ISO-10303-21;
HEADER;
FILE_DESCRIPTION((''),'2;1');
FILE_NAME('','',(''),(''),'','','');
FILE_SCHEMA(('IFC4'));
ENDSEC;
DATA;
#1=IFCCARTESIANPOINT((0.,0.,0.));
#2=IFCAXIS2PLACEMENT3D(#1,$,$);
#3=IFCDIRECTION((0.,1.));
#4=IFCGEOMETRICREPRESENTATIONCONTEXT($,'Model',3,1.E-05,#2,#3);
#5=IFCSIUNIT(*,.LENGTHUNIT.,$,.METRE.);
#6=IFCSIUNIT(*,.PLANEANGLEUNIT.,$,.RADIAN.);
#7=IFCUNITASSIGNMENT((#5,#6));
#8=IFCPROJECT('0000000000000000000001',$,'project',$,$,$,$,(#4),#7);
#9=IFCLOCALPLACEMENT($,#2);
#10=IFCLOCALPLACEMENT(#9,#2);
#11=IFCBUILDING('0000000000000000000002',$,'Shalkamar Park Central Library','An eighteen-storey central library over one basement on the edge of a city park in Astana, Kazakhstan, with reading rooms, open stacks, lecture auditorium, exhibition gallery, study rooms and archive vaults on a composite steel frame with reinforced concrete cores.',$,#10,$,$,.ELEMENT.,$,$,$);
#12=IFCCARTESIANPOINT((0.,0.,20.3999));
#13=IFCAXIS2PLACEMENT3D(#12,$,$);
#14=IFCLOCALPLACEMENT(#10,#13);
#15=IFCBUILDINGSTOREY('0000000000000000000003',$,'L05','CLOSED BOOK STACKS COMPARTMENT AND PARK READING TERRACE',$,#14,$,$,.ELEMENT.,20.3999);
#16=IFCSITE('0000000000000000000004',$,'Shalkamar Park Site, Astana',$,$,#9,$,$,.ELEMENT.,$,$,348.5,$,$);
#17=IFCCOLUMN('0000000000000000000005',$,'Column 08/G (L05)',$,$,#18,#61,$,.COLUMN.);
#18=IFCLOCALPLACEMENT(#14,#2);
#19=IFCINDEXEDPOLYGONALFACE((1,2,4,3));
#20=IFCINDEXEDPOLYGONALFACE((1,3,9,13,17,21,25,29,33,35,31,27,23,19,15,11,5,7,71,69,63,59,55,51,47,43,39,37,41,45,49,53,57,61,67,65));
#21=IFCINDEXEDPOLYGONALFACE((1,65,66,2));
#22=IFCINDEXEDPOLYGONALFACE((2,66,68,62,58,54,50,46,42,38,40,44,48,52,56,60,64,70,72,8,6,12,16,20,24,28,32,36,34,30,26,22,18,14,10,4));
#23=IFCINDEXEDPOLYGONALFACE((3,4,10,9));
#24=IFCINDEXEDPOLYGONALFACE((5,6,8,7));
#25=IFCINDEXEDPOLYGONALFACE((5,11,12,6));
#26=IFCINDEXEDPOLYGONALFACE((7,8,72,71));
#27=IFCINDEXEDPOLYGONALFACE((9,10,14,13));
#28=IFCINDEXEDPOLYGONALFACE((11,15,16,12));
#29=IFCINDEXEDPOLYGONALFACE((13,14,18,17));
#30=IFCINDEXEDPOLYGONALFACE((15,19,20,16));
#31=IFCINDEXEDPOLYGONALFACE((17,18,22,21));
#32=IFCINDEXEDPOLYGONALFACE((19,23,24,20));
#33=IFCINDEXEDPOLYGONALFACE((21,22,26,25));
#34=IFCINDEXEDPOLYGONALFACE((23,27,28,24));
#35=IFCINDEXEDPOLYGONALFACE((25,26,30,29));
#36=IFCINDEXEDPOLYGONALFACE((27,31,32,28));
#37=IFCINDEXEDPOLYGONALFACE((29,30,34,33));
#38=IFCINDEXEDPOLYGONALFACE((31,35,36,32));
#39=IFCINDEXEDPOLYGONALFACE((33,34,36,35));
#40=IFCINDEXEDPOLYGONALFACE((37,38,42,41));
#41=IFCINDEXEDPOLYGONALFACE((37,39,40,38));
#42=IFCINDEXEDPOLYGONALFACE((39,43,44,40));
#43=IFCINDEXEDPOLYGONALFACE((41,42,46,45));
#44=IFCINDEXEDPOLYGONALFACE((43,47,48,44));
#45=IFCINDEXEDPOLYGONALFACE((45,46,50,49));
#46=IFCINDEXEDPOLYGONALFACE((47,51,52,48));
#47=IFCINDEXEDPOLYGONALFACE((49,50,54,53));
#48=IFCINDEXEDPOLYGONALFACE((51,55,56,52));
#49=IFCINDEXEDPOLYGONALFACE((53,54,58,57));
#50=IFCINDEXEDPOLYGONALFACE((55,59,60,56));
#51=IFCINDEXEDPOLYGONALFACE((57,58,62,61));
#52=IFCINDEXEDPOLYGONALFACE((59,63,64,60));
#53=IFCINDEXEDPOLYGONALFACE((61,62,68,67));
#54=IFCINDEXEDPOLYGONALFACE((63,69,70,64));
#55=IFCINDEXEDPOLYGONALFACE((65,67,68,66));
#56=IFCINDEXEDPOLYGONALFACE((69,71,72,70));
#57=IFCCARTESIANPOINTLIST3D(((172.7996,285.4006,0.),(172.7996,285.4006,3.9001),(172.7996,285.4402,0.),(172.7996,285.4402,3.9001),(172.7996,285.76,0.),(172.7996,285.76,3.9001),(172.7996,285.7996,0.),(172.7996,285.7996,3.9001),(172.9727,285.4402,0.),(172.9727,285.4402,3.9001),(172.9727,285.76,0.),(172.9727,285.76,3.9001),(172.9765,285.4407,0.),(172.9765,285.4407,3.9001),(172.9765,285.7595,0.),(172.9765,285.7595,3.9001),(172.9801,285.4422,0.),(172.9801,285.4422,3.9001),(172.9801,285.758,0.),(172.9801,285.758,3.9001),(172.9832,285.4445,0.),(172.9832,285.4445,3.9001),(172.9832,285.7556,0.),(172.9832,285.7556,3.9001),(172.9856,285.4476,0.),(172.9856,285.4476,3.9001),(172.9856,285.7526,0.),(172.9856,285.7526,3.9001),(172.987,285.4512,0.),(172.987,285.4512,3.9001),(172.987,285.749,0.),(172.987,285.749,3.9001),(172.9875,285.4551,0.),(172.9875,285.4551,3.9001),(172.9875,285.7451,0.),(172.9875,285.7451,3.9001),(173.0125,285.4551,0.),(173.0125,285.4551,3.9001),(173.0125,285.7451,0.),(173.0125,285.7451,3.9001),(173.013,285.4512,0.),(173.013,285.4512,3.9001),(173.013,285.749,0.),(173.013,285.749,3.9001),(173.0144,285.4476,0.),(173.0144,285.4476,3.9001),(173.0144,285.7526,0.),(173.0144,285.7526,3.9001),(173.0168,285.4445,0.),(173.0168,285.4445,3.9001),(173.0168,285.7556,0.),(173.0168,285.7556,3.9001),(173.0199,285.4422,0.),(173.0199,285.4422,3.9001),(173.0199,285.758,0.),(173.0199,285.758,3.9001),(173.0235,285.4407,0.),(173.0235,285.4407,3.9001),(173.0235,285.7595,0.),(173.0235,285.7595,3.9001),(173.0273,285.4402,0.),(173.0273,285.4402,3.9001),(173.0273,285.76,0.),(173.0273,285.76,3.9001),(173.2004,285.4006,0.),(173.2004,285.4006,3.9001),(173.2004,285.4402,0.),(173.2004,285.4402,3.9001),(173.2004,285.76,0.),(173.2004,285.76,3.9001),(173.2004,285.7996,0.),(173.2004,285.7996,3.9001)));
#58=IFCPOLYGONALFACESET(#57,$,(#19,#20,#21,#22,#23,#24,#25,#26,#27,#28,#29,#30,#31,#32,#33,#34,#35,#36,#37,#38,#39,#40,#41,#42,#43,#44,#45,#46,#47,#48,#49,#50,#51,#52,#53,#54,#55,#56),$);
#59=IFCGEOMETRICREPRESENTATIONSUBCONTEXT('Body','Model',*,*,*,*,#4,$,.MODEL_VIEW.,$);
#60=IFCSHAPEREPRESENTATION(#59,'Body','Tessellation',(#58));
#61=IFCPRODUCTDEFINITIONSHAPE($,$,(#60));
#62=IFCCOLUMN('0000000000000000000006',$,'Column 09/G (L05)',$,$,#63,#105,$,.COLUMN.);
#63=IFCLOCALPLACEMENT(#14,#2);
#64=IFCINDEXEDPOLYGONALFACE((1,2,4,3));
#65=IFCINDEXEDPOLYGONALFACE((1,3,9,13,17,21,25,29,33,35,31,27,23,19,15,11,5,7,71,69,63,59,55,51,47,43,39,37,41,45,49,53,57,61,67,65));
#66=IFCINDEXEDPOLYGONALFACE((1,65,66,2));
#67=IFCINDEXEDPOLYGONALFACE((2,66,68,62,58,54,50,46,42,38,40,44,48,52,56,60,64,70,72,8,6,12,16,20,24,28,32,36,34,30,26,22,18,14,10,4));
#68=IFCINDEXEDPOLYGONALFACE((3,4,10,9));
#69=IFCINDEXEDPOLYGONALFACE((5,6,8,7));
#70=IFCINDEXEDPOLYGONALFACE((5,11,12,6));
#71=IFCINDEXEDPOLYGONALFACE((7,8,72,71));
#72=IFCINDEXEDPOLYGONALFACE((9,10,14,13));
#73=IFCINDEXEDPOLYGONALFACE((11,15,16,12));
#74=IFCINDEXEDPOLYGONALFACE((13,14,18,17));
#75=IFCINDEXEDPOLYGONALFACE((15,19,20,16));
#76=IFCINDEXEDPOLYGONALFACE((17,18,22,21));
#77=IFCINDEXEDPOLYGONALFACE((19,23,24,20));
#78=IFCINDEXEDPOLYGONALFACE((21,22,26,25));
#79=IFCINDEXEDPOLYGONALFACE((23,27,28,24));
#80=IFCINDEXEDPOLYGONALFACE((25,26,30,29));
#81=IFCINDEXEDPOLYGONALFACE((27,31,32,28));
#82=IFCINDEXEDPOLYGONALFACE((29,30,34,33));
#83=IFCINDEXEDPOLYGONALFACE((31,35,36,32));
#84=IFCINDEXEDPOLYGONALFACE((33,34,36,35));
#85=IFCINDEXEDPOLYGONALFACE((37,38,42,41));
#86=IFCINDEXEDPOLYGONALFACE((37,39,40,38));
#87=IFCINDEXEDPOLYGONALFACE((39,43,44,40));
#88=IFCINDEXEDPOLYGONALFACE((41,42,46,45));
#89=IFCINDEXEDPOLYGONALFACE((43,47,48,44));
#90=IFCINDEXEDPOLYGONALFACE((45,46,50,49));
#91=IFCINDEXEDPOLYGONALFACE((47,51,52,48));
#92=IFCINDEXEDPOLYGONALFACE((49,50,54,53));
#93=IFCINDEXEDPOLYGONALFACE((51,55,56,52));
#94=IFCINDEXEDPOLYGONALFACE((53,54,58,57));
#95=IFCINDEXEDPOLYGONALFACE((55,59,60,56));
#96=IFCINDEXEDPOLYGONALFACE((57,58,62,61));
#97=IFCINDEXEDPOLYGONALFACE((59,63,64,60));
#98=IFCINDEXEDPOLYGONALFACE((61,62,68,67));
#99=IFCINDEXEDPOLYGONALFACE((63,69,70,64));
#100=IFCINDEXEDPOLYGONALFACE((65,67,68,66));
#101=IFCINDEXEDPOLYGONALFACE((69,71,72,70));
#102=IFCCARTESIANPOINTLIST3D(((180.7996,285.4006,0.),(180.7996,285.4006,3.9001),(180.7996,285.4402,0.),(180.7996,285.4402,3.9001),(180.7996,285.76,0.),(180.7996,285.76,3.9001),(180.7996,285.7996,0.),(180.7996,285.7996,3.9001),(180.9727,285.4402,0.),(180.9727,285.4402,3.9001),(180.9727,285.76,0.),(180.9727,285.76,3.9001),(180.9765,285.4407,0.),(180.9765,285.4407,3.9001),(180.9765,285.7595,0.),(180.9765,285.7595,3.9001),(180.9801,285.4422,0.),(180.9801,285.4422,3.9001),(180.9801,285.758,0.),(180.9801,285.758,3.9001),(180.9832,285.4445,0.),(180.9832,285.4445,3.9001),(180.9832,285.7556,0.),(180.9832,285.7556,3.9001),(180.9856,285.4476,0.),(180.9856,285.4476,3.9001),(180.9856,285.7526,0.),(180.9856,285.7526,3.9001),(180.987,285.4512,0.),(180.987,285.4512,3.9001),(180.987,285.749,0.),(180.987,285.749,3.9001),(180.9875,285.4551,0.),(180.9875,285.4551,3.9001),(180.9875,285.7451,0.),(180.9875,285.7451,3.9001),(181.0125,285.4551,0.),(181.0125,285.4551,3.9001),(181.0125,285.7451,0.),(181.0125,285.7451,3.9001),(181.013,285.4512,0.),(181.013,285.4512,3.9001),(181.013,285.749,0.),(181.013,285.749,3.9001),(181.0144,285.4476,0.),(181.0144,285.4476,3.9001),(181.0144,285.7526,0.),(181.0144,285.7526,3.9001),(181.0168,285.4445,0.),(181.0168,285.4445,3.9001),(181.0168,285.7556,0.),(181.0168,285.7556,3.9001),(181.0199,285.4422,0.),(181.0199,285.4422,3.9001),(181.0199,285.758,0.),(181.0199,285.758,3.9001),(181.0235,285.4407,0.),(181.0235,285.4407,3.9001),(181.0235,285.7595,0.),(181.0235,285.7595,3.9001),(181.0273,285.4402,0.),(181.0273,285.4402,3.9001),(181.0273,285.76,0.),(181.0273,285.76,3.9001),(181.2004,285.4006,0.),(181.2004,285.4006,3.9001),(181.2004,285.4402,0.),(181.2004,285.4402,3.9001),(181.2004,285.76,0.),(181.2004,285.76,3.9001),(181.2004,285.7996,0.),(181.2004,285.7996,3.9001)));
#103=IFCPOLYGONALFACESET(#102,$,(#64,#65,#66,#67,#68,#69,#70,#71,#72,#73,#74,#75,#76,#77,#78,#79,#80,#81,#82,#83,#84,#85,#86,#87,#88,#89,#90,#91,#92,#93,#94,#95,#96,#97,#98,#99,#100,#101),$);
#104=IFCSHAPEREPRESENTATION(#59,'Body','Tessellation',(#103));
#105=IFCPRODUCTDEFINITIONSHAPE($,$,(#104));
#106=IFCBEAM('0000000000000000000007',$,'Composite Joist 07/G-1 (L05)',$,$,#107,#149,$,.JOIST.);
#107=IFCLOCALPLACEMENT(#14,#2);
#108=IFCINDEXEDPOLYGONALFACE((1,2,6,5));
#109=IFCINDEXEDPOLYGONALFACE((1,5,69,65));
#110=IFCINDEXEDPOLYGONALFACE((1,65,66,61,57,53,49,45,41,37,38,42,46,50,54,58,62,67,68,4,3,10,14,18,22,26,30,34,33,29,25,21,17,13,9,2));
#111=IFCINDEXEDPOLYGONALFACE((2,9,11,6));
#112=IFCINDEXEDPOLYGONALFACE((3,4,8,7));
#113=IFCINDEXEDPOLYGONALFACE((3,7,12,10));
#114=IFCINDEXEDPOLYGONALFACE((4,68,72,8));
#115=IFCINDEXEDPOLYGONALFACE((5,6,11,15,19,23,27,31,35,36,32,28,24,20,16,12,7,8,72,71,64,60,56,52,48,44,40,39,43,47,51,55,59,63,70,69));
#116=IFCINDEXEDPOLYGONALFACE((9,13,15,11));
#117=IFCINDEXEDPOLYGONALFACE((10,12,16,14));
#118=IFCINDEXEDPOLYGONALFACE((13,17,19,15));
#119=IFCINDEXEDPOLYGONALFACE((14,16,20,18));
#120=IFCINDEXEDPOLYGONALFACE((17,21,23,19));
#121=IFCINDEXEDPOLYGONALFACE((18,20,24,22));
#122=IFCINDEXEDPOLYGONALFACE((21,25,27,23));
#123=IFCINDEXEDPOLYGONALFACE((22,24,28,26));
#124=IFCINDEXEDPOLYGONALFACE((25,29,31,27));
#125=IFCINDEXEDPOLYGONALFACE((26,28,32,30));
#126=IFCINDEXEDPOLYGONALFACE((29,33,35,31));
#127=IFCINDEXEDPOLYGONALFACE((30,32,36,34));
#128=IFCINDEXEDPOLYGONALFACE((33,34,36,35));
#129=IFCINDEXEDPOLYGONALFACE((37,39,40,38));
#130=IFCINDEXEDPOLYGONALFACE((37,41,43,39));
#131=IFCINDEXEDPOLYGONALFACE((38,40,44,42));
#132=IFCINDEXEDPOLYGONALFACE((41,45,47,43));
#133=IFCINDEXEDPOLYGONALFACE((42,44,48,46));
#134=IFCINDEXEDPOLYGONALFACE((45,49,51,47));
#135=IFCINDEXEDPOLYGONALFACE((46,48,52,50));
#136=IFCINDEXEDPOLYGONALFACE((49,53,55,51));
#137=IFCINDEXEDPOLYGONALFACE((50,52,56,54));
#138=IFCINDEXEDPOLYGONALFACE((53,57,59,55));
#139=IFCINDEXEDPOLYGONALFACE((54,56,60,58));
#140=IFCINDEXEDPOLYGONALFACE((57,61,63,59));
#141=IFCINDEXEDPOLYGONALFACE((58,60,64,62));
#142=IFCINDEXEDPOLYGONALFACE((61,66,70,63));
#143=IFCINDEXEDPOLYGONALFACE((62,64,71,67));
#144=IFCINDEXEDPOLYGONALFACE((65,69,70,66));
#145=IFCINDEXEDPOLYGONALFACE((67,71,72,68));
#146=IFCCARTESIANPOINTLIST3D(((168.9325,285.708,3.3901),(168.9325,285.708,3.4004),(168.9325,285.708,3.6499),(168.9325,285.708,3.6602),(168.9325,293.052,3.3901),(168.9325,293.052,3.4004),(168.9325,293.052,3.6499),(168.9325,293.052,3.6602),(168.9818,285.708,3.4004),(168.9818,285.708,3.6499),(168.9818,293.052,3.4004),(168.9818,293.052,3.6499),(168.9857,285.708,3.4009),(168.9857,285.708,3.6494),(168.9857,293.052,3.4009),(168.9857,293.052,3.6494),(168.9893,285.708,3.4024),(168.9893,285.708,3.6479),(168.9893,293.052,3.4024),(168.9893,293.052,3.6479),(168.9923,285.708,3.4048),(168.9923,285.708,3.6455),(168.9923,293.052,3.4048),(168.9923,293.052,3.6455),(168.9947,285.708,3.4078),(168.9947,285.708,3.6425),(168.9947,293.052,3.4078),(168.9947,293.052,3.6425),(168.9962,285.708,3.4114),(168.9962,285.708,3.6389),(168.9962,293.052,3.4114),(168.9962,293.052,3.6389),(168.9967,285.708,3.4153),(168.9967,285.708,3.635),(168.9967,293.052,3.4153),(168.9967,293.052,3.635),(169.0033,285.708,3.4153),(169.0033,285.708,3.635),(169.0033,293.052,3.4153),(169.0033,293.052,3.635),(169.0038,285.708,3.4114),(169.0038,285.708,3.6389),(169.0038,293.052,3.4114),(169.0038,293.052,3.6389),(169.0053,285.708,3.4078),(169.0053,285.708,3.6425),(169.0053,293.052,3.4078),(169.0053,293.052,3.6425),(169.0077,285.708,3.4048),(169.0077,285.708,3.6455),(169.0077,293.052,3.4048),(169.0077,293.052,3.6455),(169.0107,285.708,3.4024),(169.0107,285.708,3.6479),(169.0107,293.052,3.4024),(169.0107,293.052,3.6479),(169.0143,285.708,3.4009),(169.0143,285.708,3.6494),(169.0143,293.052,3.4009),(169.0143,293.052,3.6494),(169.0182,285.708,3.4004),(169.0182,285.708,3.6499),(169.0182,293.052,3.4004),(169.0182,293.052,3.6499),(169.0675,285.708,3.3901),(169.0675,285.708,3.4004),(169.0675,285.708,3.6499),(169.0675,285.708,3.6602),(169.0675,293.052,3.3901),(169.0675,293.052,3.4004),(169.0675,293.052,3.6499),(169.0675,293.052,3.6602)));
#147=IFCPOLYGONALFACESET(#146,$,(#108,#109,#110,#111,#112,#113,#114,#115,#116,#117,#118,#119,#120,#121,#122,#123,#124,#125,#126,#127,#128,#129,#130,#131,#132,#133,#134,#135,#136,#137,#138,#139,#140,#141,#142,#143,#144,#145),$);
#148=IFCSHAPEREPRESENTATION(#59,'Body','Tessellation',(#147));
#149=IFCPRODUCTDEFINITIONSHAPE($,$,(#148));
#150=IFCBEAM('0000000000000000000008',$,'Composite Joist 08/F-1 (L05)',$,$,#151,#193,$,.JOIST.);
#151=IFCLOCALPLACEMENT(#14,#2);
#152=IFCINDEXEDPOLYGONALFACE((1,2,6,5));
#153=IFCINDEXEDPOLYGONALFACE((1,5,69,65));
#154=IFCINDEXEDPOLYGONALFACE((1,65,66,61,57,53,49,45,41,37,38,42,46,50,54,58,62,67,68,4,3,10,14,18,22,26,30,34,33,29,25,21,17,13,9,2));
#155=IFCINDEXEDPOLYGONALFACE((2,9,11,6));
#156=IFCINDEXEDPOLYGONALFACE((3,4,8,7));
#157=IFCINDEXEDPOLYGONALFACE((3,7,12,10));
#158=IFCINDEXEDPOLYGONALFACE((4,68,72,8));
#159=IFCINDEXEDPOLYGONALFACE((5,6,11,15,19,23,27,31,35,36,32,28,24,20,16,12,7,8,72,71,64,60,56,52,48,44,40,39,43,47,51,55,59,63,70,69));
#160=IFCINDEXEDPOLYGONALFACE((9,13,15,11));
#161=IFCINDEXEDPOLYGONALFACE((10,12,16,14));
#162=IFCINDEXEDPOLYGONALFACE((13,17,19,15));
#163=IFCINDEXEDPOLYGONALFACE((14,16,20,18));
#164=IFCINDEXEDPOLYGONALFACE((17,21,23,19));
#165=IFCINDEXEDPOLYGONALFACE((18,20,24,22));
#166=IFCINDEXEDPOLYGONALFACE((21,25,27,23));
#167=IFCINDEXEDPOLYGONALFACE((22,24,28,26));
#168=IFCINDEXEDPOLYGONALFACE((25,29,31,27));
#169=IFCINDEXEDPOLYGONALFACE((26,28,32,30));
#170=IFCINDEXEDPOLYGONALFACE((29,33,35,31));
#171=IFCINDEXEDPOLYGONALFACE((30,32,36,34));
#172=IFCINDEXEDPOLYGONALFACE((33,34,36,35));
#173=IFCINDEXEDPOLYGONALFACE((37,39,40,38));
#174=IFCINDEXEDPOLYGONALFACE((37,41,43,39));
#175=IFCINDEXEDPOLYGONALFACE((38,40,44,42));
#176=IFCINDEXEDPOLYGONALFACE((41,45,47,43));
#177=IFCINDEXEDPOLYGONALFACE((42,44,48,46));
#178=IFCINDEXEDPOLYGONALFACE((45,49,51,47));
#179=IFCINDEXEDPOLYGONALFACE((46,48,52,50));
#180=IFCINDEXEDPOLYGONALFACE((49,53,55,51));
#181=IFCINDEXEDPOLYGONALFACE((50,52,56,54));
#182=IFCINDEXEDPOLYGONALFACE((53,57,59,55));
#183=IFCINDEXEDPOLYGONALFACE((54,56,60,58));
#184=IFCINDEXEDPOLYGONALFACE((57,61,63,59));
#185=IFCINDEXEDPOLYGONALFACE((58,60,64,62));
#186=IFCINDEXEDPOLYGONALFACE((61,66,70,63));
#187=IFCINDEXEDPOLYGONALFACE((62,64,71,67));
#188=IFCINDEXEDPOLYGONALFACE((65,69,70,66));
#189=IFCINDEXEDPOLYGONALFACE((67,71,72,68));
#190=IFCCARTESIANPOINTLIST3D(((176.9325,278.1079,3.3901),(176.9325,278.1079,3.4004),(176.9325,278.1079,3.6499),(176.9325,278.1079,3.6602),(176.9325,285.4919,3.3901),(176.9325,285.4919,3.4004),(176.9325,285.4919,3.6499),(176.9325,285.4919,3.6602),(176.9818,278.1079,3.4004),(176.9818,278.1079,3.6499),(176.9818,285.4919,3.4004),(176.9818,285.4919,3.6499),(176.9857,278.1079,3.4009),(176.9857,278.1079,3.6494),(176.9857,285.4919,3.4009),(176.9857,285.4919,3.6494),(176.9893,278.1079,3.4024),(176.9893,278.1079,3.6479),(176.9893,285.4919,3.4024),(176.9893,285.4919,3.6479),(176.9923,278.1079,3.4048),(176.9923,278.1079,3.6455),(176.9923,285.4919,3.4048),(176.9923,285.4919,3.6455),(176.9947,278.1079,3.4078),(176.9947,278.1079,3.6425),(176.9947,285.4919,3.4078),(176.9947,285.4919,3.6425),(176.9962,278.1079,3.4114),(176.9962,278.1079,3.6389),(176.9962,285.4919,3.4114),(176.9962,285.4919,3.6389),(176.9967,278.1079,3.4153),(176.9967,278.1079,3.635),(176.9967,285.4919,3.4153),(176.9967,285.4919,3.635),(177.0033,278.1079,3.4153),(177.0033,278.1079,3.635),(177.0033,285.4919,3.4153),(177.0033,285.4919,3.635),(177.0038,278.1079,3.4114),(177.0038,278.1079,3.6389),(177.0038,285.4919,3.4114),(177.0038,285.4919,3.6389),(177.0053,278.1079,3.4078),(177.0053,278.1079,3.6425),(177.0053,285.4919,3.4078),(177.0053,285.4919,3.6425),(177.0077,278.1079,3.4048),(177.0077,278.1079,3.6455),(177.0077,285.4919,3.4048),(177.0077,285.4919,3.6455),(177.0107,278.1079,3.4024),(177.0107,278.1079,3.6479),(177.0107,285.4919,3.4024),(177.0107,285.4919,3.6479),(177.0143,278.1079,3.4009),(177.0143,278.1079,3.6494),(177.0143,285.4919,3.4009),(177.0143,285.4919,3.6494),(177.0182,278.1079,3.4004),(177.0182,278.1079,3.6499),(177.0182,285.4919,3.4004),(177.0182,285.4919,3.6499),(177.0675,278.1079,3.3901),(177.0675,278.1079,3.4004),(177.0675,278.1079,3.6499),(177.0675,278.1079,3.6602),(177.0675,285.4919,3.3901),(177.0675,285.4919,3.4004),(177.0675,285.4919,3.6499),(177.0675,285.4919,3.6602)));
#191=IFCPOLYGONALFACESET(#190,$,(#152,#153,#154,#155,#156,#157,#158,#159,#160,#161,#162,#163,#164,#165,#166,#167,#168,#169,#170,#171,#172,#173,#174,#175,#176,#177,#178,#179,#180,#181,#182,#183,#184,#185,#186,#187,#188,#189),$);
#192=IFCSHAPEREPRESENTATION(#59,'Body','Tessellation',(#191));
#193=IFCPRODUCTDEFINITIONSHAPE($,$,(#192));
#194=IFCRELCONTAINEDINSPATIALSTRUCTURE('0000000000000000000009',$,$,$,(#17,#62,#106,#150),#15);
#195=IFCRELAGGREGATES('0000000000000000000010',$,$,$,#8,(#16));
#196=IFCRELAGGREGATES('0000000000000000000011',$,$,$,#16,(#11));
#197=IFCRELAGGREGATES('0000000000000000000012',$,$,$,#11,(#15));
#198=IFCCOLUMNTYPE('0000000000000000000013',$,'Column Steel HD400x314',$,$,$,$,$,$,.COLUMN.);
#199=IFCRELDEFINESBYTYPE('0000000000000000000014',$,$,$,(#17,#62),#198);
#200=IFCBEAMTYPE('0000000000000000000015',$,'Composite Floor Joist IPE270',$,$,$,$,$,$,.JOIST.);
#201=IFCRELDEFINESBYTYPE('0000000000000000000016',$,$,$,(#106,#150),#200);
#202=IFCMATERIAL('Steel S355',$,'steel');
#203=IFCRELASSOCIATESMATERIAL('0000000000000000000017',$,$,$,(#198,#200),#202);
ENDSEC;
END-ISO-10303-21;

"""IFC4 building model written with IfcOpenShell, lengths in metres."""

from ifc_helpers import new_model, si_unit, direction, frame, origin, origin_2d, place, context, subcontext, project, spatial, i_section, extrude, material, material_profile, profile_set, type_object, element, save


model = new_model("IFC4")

# Units and contexts
model_context = context("Model", 3, precision=1e-05, world=origin(), true_north=direction((0.0, 1.0)))
body_context = subcontext(model_context, "Body", "Model", "MODEL_VIEW")
ifc_project = project(units=[si_unit("LENGTHUNIT", "METRE"), si_unit("PLANEANGLEUNIT", "RADIAN")], contexts=[model_context])

# Site, building, storey
site_placement = place(None, origin())
site = spatial("IfcSite", under=ifc_project, at=site_placement, Name="Shalkamar Park Site, Astana", CompositionType="ELEMENT", RefElevation=348.5)
building_placement = place(site_placement, origin())
building = spatial("IfcBuilding", under=site, at=building_placement, Name="Shalkamar Park Central Library", Description="An eighteen-storey central library over one basement on the edge of a city park in Astana, Kazakhstan, with reading rooms, open stacks, lecture auditorium, exhibition gallery, study rooms and archive vaults on a composite steel frame with reinforced concrete cores.", CompositionType="ELEMENT")
storey_placement = place(building_placement, frame((0.0, 0.0, 20.3999)))
storey = spatial("IfcBuildingStorey", under=building, at=storey_placement, Name="L05", Description="CLOSED BOOK STACKS COMPARTMENT AND PARK READING TERRACE", CompositionType="ELEMENT", Elevation=20.3999)

# Columns
ifc_material_1 = material(Name="Steel S355", Category="steel")
ifc_material_profile_1 = material_profile(ifc_material_1, i_section(OverallWidth=0.4009, OverallDepth=0.3989, WebThickness=0.0249, FlangeThickness=0.0396, FilletRadius=0.0149, at=origin_2d()), Name="HD 400x314")
ifc_profile_set_1 = profile_set([ifc_material_profile_1], Name="Steel S355")
column_type = type_object("IfcColumnType", Name="Column Steel HD400x314", PredefinedType="COLUMN", material=ifc_profile_set_1)
for number, where, z_axis, x_axis, name in (
    (1, (173.0, 285.6001, 0.0), (0.0, 0.0, 1.0), (1.0, 0.0, 0.0), "Column 08/G (L05)"),
    (2, (181.0, 285.6001, 0.0), (0.0, 0.0, 1.0), (1.0, 0.0, 0.0), "Column 09/G (L05)"),
):
    element("IfcColumn", number, at=place(storey_placement, frame(where, z_axis=z_axis, x_axis=x_axis)), inside=storey, type_object=column_type, Name=name, PredefinedType="COLUMN", context=body_context, shape_type="SweptSolid", body=[
        extrude(i_section(OverallWidth=0.4009, OverallDepth=0.3989, WebThickness=0.0249, FlangeThickness=0.0396, FilletRadius=0.0149, at=origin_2d()), origin(), (0.0, 0.0, 1.0), 3.9001),
    ])

# Beams
ifc_material_profile_2 = material_profile(ifc_material_1, i_section(OverallWidth=0.135, OverallDepth=0.27, WebThickness=0.0066, FlangeThickness=0.0103, FilletRadius=0.0149, at=origin_2d()), Name="IPE 270")
ifc_profile_set_2 = profile_set([ifc_material_profile_2], Name="Steel S355")
beam_type_1 = type_object("IfcBeamType", Name="Composite Floor Joist IPE270", PredefinedType="JOIST", material=ifc_profile_set_2)
beam_1_placement = place(storey_placement, frame((169.0, 285.708, 3.5251), z_axis=(0.0, 1.0, 0.0), x_axis=(-1.0, 0.0, 0.0)))
element("IfcBeam", 3, at=beam_1_placement, inside=storey, type_object=beam_type_1, Name="Composite Joist 07/G-1 (L05)", PredefinedType="JOIST", context=body_context, shape_type="SweptSolid", body=[
    extrude(i_section(OverallWidth=0.135, OverallDepth=0.27, WebThickness=0.0066, FlangeThickness=0.0103, FilletRadius=0.0149, at=origin_2d()), origin(), (0.0, 0.0, 1.0), 7.344),
])
beam_2_placement = place(storey_placement, frame((177.0, 278.1079, 3.5251), z_axis=(0.0, 1.0, 0.0), x_axis=(-1.0, 0.0, 0.0)))
element("IfcBeam", 4, at=beam_2_placement, inside=storey, type_object=beam_type_1, Name="Composite Joist 08/F-1 (L05)", PredefinedType="JOIST", context=body_context, shape_type="SweptSolid", body=[
    extrude(i_section(OverallWidth=0.135, OverallDepth=0.27, WebThickness=0.0066, FlangeThickness=0.0103, FilletRadius=0.0149, at=origin_2d()), origin(), (0.0, 0.0, 1.0), 7.384),
])

save(model, "model.ifc")
